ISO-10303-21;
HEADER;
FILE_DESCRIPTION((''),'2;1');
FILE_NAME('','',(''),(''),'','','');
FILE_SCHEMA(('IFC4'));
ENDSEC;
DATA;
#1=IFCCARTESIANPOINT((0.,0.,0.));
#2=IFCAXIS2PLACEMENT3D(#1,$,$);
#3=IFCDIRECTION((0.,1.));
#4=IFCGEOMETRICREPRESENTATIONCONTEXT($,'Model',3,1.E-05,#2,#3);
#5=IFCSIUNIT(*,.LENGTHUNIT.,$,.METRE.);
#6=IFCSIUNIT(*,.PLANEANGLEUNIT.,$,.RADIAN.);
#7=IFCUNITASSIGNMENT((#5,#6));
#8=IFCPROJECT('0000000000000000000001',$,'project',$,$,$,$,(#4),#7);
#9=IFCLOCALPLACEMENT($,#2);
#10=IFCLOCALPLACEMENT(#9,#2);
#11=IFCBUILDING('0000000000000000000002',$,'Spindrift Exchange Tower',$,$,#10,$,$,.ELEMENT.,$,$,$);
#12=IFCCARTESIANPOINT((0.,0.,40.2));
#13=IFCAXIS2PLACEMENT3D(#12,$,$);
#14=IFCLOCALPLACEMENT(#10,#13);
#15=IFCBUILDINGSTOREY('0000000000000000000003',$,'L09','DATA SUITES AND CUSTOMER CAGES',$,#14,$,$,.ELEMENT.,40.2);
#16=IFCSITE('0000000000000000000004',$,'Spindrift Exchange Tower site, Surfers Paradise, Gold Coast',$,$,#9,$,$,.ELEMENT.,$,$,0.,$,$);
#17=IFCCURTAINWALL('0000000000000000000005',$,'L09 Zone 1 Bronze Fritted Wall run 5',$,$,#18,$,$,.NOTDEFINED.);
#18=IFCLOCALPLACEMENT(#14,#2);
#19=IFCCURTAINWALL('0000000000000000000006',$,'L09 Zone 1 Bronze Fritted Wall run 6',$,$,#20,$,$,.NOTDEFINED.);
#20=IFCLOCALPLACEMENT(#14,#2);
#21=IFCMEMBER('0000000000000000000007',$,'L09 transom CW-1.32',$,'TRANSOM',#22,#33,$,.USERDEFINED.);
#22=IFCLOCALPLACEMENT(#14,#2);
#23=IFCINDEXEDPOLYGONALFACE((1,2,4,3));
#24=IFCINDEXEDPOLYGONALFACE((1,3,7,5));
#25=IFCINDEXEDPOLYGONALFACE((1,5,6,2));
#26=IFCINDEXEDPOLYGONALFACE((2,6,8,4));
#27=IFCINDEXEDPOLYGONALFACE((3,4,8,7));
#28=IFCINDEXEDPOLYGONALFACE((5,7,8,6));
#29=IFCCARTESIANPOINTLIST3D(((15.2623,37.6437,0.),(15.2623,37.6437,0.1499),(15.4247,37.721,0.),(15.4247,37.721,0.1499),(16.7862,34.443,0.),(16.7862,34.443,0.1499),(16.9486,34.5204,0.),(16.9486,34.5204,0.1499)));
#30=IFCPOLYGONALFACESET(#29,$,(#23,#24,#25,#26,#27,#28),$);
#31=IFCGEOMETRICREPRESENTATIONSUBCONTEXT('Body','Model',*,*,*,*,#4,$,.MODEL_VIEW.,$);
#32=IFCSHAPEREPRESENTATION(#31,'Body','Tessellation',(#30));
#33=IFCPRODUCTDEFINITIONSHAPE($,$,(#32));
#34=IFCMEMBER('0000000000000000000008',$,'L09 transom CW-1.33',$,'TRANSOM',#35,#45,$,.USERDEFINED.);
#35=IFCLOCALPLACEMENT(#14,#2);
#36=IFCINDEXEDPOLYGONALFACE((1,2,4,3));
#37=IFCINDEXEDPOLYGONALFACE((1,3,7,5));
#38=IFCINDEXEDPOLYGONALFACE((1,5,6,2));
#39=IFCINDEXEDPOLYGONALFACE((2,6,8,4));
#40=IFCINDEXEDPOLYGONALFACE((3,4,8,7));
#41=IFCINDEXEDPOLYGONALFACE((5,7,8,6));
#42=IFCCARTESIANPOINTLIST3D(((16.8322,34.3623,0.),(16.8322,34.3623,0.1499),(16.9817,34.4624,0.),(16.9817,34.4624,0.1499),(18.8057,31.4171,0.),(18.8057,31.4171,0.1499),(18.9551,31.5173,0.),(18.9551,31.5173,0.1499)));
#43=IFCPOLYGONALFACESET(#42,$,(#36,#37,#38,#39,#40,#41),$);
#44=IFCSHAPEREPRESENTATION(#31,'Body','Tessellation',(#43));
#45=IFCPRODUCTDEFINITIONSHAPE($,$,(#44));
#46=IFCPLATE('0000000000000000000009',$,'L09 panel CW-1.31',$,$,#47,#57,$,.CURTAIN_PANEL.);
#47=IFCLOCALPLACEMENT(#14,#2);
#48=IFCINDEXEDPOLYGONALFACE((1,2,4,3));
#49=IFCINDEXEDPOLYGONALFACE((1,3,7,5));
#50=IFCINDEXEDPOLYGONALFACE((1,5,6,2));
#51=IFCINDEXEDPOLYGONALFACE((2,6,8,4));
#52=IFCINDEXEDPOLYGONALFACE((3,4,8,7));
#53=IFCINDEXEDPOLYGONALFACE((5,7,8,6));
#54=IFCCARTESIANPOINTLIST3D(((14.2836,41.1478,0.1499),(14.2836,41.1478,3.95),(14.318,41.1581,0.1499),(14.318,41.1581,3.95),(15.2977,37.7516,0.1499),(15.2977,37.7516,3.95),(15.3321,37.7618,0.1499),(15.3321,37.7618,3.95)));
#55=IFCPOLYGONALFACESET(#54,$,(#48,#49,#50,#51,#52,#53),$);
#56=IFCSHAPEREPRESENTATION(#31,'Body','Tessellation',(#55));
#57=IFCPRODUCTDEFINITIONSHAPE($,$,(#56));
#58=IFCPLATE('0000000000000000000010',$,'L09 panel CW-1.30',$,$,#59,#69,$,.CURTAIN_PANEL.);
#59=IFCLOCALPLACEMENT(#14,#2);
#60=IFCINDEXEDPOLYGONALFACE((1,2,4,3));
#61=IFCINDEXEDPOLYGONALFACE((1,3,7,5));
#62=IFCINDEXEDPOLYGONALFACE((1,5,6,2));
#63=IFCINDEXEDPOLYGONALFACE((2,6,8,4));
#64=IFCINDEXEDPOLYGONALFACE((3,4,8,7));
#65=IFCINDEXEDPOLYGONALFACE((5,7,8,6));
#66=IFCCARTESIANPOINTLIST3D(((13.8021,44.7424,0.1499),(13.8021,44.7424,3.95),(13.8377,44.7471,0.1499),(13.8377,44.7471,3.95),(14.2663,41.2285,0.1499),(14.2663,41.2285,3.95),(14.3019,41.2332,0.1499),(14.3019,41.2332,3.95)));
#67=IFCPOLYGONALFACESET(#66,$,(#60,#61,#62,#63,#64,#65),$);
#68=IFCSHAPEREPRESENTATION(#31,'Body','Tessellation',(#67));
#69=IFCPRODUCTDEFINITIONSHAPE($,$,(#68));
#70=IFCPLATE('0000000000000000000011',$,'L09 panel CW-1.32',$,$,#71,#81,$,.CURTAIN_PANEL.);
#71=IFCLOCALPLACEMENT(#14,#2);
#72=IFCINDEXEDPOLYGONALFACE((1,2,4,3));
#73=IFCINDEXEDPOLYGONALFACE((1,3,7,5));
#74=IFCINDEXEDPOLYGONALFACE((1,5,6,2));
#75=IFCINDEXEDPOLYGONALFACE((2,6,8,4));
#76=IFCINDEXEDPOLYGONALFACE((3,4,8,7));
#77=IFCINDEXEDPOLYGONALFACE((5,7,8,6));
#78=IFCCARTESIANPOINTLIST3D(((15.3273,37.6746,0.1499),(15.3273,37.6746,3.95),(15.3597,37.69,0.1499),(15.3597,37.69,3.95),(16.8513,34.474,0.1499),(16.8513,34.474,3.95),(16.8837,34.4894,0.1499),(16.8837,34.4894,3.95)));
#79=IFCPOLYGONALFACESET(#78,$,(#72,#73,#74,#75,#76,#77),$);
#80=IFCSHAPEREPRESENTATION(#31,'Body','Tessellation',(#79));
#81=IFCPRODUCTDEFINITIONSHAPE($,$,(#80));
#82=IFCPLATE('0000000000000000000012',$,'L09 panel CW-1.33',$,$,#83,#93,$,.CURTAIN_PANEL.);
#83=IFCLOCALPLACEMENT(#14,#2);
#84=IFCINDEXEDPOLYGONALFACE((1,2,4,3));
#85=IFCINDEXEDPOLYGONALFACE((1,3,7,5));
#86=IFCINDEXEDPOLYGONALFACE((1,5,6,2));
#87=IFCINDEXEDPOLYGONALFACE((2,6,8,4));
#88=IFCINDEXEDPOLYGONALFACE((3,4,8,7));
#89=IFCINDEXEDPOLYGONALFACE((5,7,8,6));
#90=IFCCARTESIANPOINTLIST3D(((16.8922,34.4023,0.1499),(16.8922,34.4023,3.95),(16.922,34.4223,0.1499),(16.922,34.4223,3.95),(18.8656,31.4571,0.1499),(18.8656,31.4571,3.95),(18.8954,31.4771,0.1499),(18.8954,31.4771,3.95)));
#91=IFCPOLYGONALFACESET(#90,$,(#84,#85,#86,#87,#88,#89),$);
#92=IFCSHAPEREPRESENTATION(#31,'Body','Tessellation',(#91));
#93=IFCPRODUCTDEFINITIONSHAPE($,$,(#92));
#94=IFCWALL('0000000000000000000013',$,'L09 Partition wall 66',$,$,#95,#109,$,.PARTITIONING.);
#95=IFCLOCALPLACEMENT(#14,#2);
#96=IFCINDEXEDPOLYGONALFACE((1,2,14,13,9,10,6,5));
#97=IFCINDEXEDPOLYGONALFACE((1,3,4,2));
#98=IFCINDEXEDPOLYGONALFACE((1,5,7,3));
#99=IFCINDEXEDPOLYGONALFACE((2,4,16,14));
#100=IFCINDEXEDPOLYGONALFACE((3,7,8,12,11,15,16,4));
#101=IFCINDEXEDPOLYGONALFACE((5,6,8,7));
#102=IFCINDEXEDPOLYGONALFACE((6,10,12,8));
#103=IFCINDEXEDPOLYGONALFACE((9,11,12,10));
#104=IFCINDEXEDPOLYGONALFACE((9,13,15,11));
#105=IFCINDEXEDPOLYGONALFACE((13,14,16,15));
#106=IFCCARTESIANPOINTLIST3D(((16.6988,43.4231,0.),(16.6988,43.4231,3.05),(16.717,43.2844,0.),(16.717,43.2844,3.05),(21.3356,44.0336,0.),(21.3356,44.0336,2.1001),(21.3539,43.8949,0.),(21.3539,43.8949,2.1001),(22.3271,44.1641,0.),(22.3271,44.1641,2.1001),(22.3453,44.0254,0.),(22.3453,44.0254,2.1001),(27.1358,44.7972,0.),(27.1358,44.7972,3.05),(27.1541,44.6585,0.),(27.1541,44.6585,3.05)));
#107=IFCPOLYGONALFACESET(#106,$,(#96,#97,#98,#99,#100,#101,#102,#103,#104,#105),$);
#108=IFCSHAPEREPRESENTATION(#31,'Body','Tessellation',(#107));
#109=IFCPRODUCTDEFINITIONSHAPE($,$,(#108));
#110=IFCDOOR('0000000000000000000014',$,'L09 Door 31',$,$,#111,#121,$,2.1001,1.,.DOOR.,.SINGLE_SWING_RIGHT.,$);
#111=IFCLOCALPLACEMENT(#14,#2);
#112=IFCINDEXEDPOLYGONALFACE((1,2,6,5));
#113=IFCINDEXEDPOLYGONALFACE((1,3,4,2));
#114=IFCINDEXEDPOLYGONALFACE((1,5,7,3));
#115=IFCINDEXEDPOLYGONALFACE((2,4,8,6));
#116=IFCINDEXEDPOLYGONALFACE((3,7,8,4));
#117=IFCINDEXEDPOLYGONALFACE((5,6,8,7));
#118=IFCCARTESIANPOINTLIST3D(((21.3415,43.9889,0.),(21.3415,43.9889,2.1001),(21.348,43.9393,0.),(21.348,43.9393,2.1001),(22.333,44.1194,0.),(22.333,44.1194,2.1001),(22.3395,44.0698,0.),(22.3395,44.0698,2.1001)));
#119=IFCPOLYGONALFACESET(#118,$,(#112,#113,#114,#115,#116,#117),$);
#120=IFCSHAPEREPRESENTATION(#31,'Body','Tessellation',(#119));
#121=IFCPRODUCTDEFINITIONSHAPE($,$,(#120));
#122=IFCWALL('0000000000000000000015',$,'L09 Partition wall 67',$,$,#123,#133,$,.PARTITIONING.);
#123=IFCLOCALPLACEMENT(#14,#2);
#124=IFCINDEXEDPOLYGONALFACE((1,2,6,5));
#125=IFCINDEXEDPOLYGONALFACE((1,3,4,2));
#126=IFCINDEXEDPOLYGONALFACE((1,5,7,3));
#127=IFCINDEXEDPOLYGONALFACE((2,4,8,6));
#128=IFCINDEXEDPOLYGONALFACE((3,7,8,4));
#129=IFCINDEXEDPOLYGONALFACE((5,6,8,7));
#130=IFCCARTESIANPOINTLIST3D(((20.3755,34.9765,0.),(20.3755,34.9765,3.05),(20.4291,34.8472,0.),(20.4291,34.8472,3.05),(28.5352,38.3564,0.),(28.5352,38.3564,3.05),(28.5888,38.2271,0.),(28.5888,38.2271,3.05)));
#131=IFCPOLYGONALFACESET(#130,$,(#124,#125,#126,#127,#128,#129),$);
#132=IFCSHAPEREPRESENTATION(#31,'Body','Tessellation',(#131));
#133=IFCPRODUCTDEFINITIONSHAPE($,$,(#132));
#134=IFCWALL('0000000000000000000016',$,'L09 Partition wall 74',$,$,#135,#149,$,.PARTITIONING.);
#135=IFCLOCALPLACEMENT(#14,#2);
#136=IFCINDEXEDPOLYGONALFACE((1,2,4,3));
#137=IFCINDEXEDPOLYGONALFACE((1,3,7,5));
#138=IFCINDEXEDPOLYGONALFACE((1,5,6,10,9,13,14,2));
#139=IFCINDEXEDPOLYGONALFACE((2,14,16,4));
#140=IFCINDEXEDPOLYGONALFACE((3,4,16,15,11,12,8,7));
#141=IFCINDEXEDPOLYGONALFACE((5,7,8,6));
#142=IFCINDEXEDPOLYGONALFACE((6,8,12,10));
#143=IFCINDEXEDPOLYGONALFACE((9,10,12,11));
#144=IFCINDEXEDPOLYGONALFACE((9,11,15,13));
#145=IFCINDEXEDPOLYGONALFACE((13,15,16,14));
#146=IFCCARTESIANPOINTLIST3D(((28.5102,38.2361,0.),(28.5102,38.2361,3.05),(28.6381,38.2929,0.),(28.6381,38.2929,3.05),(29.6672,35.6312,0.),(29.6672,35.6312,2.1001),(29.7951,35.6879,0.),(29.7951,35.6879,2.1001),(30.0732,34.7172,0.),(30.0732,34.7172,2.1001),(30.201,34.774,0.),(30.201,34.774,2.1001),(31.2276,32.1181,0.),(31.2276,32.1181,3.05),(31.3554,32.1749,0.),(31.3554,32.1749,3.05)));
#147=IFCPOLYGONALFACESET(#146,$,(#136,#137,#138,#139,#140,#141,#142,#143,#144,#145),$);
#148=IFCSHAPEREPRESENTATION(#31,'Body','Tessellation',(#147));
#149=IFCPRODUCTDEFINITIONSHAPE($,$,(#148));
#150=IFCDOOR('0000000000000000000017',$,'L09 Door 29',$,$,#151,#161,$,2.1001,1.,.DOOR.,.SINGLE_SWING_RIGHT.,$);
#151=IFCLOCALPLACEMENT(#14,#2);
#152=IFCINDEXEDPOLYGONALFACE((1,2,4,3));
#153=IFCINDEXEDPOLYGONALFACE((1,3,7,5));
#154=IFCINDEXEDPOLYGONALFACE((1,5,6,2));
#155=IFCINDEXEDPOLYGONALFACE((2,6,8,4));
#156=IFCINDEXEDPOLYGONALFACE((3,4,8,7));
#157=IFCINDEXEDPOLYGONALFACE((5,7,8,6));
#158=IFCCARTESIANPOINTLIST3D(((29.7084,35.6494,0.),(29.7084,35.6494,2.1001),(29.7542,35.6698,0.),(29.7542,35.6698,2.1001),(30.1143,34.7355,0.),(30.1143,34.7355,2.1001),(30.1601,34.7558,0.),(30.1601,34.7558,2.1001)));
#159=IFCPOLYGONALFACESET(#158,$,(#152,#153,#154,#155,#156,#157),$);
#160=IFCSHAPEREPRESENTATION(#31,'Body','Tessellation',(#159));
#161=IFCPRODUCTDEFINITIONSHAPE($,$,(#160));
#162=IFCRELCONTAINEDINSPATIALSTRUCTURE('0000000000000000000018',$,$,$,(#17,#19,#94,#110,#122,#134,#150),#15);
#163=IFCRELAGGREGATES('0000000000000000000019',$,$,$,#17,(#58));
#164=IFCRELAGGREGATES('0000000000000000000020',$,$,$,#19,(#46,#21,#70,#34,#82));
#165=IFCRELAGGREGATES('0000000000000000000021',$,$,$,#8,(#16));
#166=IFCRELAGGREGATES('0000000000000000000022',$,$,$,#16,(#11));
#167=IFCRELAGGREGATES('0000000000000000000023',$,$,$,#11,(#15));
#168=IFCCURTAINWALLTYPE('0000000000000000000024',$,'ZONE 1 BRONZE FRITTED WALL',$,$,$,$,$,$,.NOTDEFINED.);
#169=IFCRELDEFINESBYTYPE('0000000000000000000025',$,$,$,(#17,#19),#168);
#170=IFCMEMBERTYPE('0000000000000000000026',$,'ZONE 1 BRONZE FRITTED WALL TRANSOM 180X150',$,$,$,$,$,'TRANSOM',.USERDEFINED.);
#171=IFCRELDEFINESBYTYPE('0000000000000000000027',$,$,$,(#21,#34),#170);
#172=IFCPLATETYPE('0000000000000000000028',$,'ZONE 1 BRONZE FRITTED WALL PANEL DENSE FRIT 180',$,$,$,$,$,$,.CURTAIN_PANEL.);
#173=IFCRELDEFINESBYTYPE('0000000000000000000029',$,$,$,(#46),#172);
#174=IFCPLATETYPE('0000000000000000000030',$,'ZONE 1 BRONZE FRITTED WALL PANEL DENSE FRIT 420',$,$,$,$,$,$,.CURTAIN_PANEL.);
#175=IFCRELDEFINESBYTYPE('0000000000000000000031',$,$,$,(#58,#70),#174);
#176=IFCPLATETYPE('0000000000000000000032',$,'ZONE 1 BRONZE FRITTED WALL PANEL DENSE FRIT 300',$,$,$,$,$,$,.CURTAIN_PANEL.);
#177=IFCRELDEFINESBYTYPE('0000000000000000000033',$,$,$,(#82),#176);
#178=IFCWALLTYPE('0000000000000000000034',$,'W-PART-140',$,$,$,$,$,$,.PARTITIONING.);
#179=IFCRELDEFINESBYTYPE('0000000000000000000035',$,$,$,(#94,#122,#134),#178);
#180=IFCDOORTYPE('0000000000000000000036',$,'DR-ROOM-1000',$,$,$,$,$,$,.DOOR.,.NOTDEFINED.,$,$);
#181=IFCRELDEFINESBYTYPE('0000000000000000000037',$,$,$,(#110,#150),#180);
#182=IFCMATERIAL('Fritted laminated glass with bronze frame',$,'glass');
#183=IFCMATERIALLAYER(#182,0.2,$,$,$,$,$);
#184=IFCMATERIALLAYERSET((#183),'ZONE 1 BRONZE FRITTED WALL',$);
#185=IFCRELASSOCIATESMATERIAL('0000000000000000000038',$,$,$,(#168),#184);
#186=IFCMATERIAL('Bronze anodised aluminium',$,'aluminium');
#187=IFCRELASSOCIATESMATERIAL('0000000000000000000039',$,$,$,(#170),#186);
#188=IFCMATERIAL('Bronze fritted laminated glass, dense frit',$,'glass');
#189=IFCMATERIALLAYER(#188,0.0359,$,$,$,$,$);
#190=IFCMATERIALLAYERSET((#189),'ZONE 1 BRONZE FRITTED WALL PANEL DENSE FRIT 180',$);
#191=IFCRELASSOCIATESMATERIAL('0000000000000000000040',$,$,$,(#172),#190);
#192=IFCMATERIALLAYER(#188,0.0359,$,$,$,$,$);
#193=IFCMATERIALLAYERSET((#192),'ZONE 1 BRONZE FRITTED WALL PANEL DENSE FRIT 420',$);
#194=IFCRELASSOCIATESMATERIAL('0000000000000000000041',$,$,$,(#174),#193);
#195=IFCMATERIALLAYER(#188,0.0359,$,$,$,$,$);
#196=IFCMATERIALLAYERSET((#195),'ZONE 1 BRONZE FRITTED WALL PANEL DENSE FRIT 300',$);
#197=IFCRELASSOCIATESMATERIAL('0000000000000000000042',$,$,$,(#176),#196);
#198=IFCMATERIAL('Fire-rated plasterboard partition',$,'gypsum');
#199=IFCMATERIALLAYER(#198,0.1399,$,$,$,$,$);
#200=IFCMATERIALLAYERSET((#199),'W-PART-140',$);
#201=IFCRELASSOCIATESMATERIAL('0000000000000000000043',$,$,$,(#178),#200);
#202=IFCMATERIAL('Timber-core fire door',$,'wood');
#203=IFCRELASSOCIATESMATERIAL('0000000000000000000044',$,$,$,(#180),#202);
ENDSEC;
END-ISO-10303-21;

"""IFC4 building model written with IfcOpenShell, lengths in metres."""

from ifc_helpers import new_model, si_unit, direction, frame, frame_2d, origin, origin_2d, place, context, subcontext, project, spatial, rectangle, extrude, source, transform, mapped, material, layer, layer_set, material_profile, profile_set, type_object, element, fill, aggregate, save


model = new_model("IFC4")

# Units and contexts
model_context = context("Model", 3, precision=1e-05, world=origin(), true_north=direction((0.0, 1.0)))
body_context = subcontext(model_context, "Body", "Model", "MODEL_VIEW")
ifc_project = project(units=[si_unit("LENGTHUNIT", "METRE"), si_unit("PLANEANGLEUNIT", "RADIAN")], contexts=[model_context])

# Site, building, storey
site_placement = place(None, origin())
site = spatial("IfcSite", under=ifc_project, at=site_placement, Name="Spindrift Exchange Tower site, Surfers Paradise, Gold Coast", CompositionType="ELEMENT", RefElevation=0.0)
building_placement = place(site_placement, origin())
building = spatial("IfcBuilding", under=site, at=building_placement, Name="Spindrift Exchange Tower", CompositionType="ELEMENT")
storey_placement = place(building_placement, frame((0.0, 0.0, 40.2)))
storey = spatial("IfcBuildingStorey", under=building, at=storey_placement, Name="L09", Description="DATA SUITES AND CUSTOMER CAGES", CompositionType="ELEMENT", Elevation=40.2)

# Curtain wall
ifc_material_1 = material(Name="Fritted laminated glass with bronze frame", Category="glass")
ifc_layer_1 = layer(ifc_material_1, 0.2)
ifc_layer_set_1 = layer_set([ifc_layer_1], Name="ZONE 1 BRONZE FRITTED WALL")
curtain_wall_type = type_object("IfcCurtainWallType", Name="ZONE 1 BRONZE FRITTED WALL", PredefinedType="NOTDEFINED", material=ifc_layer_set_1)
curtain_wall_1_placement = place(storey_placement, origin())
curtain_wall_1 = element("IfcCurtainWall", 1, at=curtain_wall_1_placement, inside=storey, type_object=curtain_wall_type, Name="L09 Zone 1 Bronze Fritted Wall run 5", PredefinedType="NOTDEFINED")
ifc_material_2 = material(Name="Bronze anodised aluminium", Category="aluminium")

# Curtain wall
curtain_wall_2_placement = place(storey_placement, origin())
curtain_wall_2 = element("IfcCurtainWall", 2, at=curtain_wall_2_placement, inside=storey, type_object=curtain_wall_type, Name="L09 Zone 1 Bronze Fritted Wall run 6", PredefinedType="NOTDEFINED")

# Members
ifc_material_profile_1 = material_profile(ifc_material_2, rectangle(XDim=0.1799, YDim=0.1499, at=origin_2d()), Name="ZONE 1 BRONZE FRITTED WALL TRANSOM 180X150")
ifc_profile_set_1 = profile_set([ifc_material_profile_1], Name="Bronze anodised aluminium")
member_type_1 = type_object("IfcMemberType", Name="ZONE 1 BRONZE FRITTED WALL TRANSOM 180X150", ElementType="TRANSOM", PredefinedType="USERDEFINED", material=ifc_profile_set_1)
shared_shape_1 = source(origin(), body_context, "Body", "SweptSolid", [
    extrude(rectangle(XDim=0.1799, YDim=0.1499, at=origin_2d()), origin(), (0.0, 0.0, 1.0), 3.5449),
])
member_1_placement = place(storey_placement, frame((15.3435, 37.6824, 0.075), z_axis=(0.429885, -0.902883, 0.0), x_axis=(0.902883, 0.429885, 0.0)))
member_1 = element("IfcMember", 3, at=member_1_placement, type_object=member_type_1, Name="L09 transom CW-1.32", ObjectType="TRANSOM", PredefinedType="USERDEFINED", context=body_context, shape_type="MappedRepresentation", body=[
    mapped(shared_shape_1, transform((0.0, 0.0, 0.0), scale=1.0)),
])
shared_shape_2 = source(origin(), body_context, "Body", "SweptSolid", [
    extrude(rectangle(XDim=0.1799, YDim=0.1499, at=origin_2d()), origin(), (0.0, 0.0, 1.0), 3.5452),
])
member_2_placement = place(storey_placement, frame((16.907, 34.4124, 0.075), z_axis=(0.556653, -0.830745, 0.0), x_axis=(0.830745, 0.556653, 0.0)))
member_2 = element("IfcMember", 4, at=member_2_placement, type_object=member_type_1, Name="L09 transom CW-1.33", ObjectType="TRANSOM", PredefinedType="USERDEFINED", context=body_context, shape_type="MappedRepresentation", body=[
    mapped(shared_shape_2, transform((0.0, 0.0, 0.0), scale=1.0)),
])

# Plates
ifc_material_3 = material(Name="Bronze fritted laminated glass, dense frit", Category="glass")
ifc_layer_2 = layer(ifc_material_3, 0.0359)
ifc_layer_set_2 = layer_set([ifc_layer_2], Name="ZONE 1 BRONZE FRITTED WALL PANEL DENSE FRIT 180")
plate_type_1 = type_object("IfcPlateType", Name="ZONE 1 BRONZE FRITTED WALL PANEL DENSE FRIT 180", PredefinedType="CURTAIN_PANEL", material=ifc_layer_set_2)
shared_shape_3 = source(origin(), body_context, "Body", "SweptSolid", [
    extrude(rectangle(XDim=3.5444, YDim=0.0359, at=origin_2d()), origin(), (0.0, 0.0, 1.0), 3.8),
])
plate_1_placement = place(storey_placement, frame((14.8079, 39.4548, 0.1499), z_axis=(0.0, 0.0, 1.0), x_axis=(0.286115, -0.958195, 0.0)))
plate_1 = element("IfcPlate", 5, at=plate_1_placement, type_object=plate_type_1, Name="L09 panel CW-1.31", PredefinedType="CURTAIN_PANEL", context=body_context, shape_type="MappedRepresentation", body=[
    mapped(shared_shape_3, transform((0.0, 0.0, 0.0), scale=1.0)),
])
ifc_layer_3 = layer(ifc_material_3, 0.0359)
ifc_layer_set_3 = layer_set([ifc_layer_3], Name="ZONE 1 BRONZE FRITTED WALL PANEL DENSE FRIT 420")
plate_type_2 = type_object("IfcPlateType", Name="ZONE 1 BRONZE FRITTED WALL PANEL DENSE FRIT 420", PredefinedType="CURTAIN_PANEL", material=ifc_layer_set_3)
shared_shape_4 = source(origin(), body_context, "Body", "SweptSolid", [
    extrude(rectangle(XDim=3.5444, YDim=0.0359, at=origin_2d()), origin(), (0.0, 0.0, 1.0), 3.8),
])
plate_2_placement = place(storey_placement, frame((14.052, 42.9878, 0.1499), z_axis=(0.0, 0.0, 1.0), x_axis=(0.130945, -0.99139, 0.0)))
plate_2 = element("IfcPlate", 6, at=plate_2_placement, type_object=plate_type_2, Name="L09 panel CW-1.30", PredefinedType="CURTAIN_PANEL", context=body_context, shape_type="MappedRepresentation", body=[
    mapped(shared_shape_4, transform((0.0, 0.0, 0.0), scale=1.0)),
])
aggregate(curtain_wall_1, [plate_2])
shared_shape_5 = source(origin(), body_context, "Body", "SweptSolid", [
    extrude(rectangle(XDim=3.5449, YDim=0.0359, at=origin_2d()), origin(), (0.0, 0.0, 1.0), 3.8),
])
plate_3_placement = place(storey_placement, frame((16.1055, 36.082, 0.1499), z_axis=(0.0, 0.0, 1.0), x_axis=(0.429917, -0.902868, 0.0)))
plate_3 = element("IfcPlate", 7, at=plate_3_placement, type_object=plate_type_2, Name="L09 panel CW-1.32", PredefinedType="CURTAIN_PANEL", context=body_context, shape_type="MappedRepresentation", body=[
    mapped(shared_shape_5, transform((0.0, 0.0, 0.0), scale=1.0)),
])
ifc_layer_4 = layer(ifc_material_3, 0.0359)
ifc_layer_set_4 = layer_set([ifc_layer_4], Name="ZONE 1 BRONZE FRITTED WALL PANEL DENSE FRIT 300")
plate_type_3 = type_object("IfcPlateType", Name="ZONE 1 BRONZE FRITTED WALL PANEL DENSE FRIT 300", PredefinedType="CURTAIN_PANEL", material=ifc_layer_set_4)
shared_shape_6 = source(origin(), body_context, "Body", "SweptSolid", [
    extrude(rectangle(XDim=3.5452, YDim=0.0359, at=origin_2d()), origin(), (0.0, 0.0, 1.0), 3.8),
])
plate_4_placement = place(storey_placement, frame((17.8938, 32.9397, 0.1499), z_axis=(0.0, 0.0, 1.0), x_axis=(0.556641, -0.830753, 0.0)))
plate_4 = element("IfcPlate", 8, at=plate_4_placement, type_object=plate_type_3, Name="L09 panel CW-1.33", PredefinedType="CURTAIN_PANEL", context=body_context, shape_type="MappedRepresentation", body=[
    mapped(shared_shape_6, transform((0.0, 0.0, 0.0), scale=1.0)),
])
aggregate(curtain_wall_2, [plate_1, member_1, plate_3, member_2, plate_4])

# Wall, opening, door
ifc_material_4 = material(Name="Fire-rated plasterboard partition", Category="gypsum")
ifc_layer_5 = layer(ifc_material_4, 0.1399)
ifc_layer_set_5 = layer_set([ifc_layer_5], Name="W-PART-140")
wall_type = type_object("IfcWallType", Name="W-PART-140", PredefinedType="PARTITIONING", material=ifc_layer_set_5)
wall_1_placement = place(storey_placement, frame((16.7078, 43.3538, 0.0), z_axis=(0.0, 0.0, 1.0), x_axis=(0.991445, 0.130523, 0.0)))
wall_1 = element("IfcWall", 9, at=wall_1_placement, inside=storey, type_object=wall_type, Name="L09 Partition wall 66", PredefinedType="PARTITIONING", context=body_context, shape_type="SweptSolid", body=[
    extrude(rectangle(XDim=10.5271, YDim=0.1399, at=frame_2d((5.2637, 0.0))), origin(), (0.0, 0.0, 1.0), 3.05),
])
opening_1_placement = place(wall_1_placement, frame((4.677, 0.0, 0.0)))
opening_1 = element("IfcOpeningElement", 10, at=opening_1_placement, cuts=wall_1, PredefinedType="OPENING", context=body_context, shape_type="SweptSolid", body=[
    extrude(rectangle(XDim=1.0, YDim=2.1001, at=frame_2d((0.5, 1.05))), frame((0.0, 0.0798, 0.0), z_axis=(0.0, -1.0, 0.0), x_axis=(1.0, 0.0, 0.0)), (0.0, 0.0, 1.0), 0.1599),
])
ifc_material_5 = material(Name="Timber-core fire door", Category="wood")
door_type = type_object("IfcDoorType", Name="DR-ROOM-1000", OperationType="NOTDEFINED", PredefinedType="DOOR", material=ifc_material_5)
shared_shape_7 = source(origin(), body_context, "Body", "SweptSolid", [
    extrude(rectangle(XDim=1.0, YDim=2.1001, at=frame_2d((0.5, 1.05))), frame((0.0, 0.0249, 0.0), z_axis=(0.0, -1.0, 0.0), x_axis=(1.0, 0.0, 0.0)), (0.0, 0.0, 1.0), 0.05),
])
door_1_placement = place(opening_1_placement, origin())
door_1 = element("IfcDoor", 11, at=door_1_placement, inside=storey, type_object=door_type, Name="L09 Door 31", OperationType="SINGLE_SWING_RIGHT", OverallHeight=2.1001, OverallWidth=1.0, PredefinedType="DOOR", context=body_context, shape_type="MappedRepresentation", body=[
    mapped(shared_shape_7, transform((0.0, 0.0, 0.0), scale=1.0)),
])
fill(opening_1, door_1)

# Wall
wall_2_placement = place(storey_placement, frame((28.562, 38.2917, 0.0), z_axis=(0.0, 0.0, 1.0), x_axis=(-0.923878, -0.382687, 0.0)))
element("IfcWall", 12, at=wall_2_placement, inside=storey, type_object=wall_type, Name="L09 Partition wall 67", PredefinedType="PARTITIONING", context=body_context, shape_type="SweptSolid", body=[
    extrude(rectangle(XDim=8.832, YDim=0.1399, at=frame_2d((4.416, 0.0))), origin(), (0.0, 0.0, 1.0), 3.05),
])

# Wall, opening, door
wall_3_placement = place(storey_placement, frame((31.2915, 32.1465, 0.0), z_axis=(0.0, 0.0, 1.0), x_axis=(-0.405915, 0.913911, 0.0)))
wall_3 = element("IfcWall", 13, at=wall_3_placement, inside=storey, type_object=wall_type, Name="L09 Partition wall 74", PredefinedType="PARTITIONING", context=body_context, shape_type="SweptSolid", body=[
    extrude(rectangle(XDim=6.6943, YDim=0.1399, at=frame_2d((3.3472, 0.0))), origin(), (0.0, 0.0, 1.0), 3.05),
])
opening_2_placement = place(wall_3_placement, frame((2.844, 0.0, 0.0)))
opening_2 = element("IfcOpeningElement", 14, at=opening_2_placement, cuts=wall_3, PredefinedType="OPENING", context=body_context, shape_type="SweptSolid", body=[
    extrude(rectangle(XDim=1.0, YDim=2.1001, at=frame_2d((0.5, 1.05))), frame((0.0, 0.0798, 0.0), z_axis=(0.0, -1.0, 0.0), x_axis=(1.0, 0.0, 0.0)), (0.0, 0.0, 1.0), 0.1599),
])
door_2_placement = place(opening_2_placement, origin())
door_2 = element("IfcDoor", 15, at=door_2_placement, inside=storey, type_object=door_type, Name="L09 Door 29", OperationType="SINGLE_SWING_RIGHT", OverallHeight=2.1001, OverallWidth=1.0, PredefinedType="DOOR", context=body_context, shape_type="MappedRepresentation", body=[
    mapped(shared_shape_7, transform((0.0, 0.0, 0.0), scale=1.0)),
])
fill(opening_2, door_2)

save(model, "model.ifc")
